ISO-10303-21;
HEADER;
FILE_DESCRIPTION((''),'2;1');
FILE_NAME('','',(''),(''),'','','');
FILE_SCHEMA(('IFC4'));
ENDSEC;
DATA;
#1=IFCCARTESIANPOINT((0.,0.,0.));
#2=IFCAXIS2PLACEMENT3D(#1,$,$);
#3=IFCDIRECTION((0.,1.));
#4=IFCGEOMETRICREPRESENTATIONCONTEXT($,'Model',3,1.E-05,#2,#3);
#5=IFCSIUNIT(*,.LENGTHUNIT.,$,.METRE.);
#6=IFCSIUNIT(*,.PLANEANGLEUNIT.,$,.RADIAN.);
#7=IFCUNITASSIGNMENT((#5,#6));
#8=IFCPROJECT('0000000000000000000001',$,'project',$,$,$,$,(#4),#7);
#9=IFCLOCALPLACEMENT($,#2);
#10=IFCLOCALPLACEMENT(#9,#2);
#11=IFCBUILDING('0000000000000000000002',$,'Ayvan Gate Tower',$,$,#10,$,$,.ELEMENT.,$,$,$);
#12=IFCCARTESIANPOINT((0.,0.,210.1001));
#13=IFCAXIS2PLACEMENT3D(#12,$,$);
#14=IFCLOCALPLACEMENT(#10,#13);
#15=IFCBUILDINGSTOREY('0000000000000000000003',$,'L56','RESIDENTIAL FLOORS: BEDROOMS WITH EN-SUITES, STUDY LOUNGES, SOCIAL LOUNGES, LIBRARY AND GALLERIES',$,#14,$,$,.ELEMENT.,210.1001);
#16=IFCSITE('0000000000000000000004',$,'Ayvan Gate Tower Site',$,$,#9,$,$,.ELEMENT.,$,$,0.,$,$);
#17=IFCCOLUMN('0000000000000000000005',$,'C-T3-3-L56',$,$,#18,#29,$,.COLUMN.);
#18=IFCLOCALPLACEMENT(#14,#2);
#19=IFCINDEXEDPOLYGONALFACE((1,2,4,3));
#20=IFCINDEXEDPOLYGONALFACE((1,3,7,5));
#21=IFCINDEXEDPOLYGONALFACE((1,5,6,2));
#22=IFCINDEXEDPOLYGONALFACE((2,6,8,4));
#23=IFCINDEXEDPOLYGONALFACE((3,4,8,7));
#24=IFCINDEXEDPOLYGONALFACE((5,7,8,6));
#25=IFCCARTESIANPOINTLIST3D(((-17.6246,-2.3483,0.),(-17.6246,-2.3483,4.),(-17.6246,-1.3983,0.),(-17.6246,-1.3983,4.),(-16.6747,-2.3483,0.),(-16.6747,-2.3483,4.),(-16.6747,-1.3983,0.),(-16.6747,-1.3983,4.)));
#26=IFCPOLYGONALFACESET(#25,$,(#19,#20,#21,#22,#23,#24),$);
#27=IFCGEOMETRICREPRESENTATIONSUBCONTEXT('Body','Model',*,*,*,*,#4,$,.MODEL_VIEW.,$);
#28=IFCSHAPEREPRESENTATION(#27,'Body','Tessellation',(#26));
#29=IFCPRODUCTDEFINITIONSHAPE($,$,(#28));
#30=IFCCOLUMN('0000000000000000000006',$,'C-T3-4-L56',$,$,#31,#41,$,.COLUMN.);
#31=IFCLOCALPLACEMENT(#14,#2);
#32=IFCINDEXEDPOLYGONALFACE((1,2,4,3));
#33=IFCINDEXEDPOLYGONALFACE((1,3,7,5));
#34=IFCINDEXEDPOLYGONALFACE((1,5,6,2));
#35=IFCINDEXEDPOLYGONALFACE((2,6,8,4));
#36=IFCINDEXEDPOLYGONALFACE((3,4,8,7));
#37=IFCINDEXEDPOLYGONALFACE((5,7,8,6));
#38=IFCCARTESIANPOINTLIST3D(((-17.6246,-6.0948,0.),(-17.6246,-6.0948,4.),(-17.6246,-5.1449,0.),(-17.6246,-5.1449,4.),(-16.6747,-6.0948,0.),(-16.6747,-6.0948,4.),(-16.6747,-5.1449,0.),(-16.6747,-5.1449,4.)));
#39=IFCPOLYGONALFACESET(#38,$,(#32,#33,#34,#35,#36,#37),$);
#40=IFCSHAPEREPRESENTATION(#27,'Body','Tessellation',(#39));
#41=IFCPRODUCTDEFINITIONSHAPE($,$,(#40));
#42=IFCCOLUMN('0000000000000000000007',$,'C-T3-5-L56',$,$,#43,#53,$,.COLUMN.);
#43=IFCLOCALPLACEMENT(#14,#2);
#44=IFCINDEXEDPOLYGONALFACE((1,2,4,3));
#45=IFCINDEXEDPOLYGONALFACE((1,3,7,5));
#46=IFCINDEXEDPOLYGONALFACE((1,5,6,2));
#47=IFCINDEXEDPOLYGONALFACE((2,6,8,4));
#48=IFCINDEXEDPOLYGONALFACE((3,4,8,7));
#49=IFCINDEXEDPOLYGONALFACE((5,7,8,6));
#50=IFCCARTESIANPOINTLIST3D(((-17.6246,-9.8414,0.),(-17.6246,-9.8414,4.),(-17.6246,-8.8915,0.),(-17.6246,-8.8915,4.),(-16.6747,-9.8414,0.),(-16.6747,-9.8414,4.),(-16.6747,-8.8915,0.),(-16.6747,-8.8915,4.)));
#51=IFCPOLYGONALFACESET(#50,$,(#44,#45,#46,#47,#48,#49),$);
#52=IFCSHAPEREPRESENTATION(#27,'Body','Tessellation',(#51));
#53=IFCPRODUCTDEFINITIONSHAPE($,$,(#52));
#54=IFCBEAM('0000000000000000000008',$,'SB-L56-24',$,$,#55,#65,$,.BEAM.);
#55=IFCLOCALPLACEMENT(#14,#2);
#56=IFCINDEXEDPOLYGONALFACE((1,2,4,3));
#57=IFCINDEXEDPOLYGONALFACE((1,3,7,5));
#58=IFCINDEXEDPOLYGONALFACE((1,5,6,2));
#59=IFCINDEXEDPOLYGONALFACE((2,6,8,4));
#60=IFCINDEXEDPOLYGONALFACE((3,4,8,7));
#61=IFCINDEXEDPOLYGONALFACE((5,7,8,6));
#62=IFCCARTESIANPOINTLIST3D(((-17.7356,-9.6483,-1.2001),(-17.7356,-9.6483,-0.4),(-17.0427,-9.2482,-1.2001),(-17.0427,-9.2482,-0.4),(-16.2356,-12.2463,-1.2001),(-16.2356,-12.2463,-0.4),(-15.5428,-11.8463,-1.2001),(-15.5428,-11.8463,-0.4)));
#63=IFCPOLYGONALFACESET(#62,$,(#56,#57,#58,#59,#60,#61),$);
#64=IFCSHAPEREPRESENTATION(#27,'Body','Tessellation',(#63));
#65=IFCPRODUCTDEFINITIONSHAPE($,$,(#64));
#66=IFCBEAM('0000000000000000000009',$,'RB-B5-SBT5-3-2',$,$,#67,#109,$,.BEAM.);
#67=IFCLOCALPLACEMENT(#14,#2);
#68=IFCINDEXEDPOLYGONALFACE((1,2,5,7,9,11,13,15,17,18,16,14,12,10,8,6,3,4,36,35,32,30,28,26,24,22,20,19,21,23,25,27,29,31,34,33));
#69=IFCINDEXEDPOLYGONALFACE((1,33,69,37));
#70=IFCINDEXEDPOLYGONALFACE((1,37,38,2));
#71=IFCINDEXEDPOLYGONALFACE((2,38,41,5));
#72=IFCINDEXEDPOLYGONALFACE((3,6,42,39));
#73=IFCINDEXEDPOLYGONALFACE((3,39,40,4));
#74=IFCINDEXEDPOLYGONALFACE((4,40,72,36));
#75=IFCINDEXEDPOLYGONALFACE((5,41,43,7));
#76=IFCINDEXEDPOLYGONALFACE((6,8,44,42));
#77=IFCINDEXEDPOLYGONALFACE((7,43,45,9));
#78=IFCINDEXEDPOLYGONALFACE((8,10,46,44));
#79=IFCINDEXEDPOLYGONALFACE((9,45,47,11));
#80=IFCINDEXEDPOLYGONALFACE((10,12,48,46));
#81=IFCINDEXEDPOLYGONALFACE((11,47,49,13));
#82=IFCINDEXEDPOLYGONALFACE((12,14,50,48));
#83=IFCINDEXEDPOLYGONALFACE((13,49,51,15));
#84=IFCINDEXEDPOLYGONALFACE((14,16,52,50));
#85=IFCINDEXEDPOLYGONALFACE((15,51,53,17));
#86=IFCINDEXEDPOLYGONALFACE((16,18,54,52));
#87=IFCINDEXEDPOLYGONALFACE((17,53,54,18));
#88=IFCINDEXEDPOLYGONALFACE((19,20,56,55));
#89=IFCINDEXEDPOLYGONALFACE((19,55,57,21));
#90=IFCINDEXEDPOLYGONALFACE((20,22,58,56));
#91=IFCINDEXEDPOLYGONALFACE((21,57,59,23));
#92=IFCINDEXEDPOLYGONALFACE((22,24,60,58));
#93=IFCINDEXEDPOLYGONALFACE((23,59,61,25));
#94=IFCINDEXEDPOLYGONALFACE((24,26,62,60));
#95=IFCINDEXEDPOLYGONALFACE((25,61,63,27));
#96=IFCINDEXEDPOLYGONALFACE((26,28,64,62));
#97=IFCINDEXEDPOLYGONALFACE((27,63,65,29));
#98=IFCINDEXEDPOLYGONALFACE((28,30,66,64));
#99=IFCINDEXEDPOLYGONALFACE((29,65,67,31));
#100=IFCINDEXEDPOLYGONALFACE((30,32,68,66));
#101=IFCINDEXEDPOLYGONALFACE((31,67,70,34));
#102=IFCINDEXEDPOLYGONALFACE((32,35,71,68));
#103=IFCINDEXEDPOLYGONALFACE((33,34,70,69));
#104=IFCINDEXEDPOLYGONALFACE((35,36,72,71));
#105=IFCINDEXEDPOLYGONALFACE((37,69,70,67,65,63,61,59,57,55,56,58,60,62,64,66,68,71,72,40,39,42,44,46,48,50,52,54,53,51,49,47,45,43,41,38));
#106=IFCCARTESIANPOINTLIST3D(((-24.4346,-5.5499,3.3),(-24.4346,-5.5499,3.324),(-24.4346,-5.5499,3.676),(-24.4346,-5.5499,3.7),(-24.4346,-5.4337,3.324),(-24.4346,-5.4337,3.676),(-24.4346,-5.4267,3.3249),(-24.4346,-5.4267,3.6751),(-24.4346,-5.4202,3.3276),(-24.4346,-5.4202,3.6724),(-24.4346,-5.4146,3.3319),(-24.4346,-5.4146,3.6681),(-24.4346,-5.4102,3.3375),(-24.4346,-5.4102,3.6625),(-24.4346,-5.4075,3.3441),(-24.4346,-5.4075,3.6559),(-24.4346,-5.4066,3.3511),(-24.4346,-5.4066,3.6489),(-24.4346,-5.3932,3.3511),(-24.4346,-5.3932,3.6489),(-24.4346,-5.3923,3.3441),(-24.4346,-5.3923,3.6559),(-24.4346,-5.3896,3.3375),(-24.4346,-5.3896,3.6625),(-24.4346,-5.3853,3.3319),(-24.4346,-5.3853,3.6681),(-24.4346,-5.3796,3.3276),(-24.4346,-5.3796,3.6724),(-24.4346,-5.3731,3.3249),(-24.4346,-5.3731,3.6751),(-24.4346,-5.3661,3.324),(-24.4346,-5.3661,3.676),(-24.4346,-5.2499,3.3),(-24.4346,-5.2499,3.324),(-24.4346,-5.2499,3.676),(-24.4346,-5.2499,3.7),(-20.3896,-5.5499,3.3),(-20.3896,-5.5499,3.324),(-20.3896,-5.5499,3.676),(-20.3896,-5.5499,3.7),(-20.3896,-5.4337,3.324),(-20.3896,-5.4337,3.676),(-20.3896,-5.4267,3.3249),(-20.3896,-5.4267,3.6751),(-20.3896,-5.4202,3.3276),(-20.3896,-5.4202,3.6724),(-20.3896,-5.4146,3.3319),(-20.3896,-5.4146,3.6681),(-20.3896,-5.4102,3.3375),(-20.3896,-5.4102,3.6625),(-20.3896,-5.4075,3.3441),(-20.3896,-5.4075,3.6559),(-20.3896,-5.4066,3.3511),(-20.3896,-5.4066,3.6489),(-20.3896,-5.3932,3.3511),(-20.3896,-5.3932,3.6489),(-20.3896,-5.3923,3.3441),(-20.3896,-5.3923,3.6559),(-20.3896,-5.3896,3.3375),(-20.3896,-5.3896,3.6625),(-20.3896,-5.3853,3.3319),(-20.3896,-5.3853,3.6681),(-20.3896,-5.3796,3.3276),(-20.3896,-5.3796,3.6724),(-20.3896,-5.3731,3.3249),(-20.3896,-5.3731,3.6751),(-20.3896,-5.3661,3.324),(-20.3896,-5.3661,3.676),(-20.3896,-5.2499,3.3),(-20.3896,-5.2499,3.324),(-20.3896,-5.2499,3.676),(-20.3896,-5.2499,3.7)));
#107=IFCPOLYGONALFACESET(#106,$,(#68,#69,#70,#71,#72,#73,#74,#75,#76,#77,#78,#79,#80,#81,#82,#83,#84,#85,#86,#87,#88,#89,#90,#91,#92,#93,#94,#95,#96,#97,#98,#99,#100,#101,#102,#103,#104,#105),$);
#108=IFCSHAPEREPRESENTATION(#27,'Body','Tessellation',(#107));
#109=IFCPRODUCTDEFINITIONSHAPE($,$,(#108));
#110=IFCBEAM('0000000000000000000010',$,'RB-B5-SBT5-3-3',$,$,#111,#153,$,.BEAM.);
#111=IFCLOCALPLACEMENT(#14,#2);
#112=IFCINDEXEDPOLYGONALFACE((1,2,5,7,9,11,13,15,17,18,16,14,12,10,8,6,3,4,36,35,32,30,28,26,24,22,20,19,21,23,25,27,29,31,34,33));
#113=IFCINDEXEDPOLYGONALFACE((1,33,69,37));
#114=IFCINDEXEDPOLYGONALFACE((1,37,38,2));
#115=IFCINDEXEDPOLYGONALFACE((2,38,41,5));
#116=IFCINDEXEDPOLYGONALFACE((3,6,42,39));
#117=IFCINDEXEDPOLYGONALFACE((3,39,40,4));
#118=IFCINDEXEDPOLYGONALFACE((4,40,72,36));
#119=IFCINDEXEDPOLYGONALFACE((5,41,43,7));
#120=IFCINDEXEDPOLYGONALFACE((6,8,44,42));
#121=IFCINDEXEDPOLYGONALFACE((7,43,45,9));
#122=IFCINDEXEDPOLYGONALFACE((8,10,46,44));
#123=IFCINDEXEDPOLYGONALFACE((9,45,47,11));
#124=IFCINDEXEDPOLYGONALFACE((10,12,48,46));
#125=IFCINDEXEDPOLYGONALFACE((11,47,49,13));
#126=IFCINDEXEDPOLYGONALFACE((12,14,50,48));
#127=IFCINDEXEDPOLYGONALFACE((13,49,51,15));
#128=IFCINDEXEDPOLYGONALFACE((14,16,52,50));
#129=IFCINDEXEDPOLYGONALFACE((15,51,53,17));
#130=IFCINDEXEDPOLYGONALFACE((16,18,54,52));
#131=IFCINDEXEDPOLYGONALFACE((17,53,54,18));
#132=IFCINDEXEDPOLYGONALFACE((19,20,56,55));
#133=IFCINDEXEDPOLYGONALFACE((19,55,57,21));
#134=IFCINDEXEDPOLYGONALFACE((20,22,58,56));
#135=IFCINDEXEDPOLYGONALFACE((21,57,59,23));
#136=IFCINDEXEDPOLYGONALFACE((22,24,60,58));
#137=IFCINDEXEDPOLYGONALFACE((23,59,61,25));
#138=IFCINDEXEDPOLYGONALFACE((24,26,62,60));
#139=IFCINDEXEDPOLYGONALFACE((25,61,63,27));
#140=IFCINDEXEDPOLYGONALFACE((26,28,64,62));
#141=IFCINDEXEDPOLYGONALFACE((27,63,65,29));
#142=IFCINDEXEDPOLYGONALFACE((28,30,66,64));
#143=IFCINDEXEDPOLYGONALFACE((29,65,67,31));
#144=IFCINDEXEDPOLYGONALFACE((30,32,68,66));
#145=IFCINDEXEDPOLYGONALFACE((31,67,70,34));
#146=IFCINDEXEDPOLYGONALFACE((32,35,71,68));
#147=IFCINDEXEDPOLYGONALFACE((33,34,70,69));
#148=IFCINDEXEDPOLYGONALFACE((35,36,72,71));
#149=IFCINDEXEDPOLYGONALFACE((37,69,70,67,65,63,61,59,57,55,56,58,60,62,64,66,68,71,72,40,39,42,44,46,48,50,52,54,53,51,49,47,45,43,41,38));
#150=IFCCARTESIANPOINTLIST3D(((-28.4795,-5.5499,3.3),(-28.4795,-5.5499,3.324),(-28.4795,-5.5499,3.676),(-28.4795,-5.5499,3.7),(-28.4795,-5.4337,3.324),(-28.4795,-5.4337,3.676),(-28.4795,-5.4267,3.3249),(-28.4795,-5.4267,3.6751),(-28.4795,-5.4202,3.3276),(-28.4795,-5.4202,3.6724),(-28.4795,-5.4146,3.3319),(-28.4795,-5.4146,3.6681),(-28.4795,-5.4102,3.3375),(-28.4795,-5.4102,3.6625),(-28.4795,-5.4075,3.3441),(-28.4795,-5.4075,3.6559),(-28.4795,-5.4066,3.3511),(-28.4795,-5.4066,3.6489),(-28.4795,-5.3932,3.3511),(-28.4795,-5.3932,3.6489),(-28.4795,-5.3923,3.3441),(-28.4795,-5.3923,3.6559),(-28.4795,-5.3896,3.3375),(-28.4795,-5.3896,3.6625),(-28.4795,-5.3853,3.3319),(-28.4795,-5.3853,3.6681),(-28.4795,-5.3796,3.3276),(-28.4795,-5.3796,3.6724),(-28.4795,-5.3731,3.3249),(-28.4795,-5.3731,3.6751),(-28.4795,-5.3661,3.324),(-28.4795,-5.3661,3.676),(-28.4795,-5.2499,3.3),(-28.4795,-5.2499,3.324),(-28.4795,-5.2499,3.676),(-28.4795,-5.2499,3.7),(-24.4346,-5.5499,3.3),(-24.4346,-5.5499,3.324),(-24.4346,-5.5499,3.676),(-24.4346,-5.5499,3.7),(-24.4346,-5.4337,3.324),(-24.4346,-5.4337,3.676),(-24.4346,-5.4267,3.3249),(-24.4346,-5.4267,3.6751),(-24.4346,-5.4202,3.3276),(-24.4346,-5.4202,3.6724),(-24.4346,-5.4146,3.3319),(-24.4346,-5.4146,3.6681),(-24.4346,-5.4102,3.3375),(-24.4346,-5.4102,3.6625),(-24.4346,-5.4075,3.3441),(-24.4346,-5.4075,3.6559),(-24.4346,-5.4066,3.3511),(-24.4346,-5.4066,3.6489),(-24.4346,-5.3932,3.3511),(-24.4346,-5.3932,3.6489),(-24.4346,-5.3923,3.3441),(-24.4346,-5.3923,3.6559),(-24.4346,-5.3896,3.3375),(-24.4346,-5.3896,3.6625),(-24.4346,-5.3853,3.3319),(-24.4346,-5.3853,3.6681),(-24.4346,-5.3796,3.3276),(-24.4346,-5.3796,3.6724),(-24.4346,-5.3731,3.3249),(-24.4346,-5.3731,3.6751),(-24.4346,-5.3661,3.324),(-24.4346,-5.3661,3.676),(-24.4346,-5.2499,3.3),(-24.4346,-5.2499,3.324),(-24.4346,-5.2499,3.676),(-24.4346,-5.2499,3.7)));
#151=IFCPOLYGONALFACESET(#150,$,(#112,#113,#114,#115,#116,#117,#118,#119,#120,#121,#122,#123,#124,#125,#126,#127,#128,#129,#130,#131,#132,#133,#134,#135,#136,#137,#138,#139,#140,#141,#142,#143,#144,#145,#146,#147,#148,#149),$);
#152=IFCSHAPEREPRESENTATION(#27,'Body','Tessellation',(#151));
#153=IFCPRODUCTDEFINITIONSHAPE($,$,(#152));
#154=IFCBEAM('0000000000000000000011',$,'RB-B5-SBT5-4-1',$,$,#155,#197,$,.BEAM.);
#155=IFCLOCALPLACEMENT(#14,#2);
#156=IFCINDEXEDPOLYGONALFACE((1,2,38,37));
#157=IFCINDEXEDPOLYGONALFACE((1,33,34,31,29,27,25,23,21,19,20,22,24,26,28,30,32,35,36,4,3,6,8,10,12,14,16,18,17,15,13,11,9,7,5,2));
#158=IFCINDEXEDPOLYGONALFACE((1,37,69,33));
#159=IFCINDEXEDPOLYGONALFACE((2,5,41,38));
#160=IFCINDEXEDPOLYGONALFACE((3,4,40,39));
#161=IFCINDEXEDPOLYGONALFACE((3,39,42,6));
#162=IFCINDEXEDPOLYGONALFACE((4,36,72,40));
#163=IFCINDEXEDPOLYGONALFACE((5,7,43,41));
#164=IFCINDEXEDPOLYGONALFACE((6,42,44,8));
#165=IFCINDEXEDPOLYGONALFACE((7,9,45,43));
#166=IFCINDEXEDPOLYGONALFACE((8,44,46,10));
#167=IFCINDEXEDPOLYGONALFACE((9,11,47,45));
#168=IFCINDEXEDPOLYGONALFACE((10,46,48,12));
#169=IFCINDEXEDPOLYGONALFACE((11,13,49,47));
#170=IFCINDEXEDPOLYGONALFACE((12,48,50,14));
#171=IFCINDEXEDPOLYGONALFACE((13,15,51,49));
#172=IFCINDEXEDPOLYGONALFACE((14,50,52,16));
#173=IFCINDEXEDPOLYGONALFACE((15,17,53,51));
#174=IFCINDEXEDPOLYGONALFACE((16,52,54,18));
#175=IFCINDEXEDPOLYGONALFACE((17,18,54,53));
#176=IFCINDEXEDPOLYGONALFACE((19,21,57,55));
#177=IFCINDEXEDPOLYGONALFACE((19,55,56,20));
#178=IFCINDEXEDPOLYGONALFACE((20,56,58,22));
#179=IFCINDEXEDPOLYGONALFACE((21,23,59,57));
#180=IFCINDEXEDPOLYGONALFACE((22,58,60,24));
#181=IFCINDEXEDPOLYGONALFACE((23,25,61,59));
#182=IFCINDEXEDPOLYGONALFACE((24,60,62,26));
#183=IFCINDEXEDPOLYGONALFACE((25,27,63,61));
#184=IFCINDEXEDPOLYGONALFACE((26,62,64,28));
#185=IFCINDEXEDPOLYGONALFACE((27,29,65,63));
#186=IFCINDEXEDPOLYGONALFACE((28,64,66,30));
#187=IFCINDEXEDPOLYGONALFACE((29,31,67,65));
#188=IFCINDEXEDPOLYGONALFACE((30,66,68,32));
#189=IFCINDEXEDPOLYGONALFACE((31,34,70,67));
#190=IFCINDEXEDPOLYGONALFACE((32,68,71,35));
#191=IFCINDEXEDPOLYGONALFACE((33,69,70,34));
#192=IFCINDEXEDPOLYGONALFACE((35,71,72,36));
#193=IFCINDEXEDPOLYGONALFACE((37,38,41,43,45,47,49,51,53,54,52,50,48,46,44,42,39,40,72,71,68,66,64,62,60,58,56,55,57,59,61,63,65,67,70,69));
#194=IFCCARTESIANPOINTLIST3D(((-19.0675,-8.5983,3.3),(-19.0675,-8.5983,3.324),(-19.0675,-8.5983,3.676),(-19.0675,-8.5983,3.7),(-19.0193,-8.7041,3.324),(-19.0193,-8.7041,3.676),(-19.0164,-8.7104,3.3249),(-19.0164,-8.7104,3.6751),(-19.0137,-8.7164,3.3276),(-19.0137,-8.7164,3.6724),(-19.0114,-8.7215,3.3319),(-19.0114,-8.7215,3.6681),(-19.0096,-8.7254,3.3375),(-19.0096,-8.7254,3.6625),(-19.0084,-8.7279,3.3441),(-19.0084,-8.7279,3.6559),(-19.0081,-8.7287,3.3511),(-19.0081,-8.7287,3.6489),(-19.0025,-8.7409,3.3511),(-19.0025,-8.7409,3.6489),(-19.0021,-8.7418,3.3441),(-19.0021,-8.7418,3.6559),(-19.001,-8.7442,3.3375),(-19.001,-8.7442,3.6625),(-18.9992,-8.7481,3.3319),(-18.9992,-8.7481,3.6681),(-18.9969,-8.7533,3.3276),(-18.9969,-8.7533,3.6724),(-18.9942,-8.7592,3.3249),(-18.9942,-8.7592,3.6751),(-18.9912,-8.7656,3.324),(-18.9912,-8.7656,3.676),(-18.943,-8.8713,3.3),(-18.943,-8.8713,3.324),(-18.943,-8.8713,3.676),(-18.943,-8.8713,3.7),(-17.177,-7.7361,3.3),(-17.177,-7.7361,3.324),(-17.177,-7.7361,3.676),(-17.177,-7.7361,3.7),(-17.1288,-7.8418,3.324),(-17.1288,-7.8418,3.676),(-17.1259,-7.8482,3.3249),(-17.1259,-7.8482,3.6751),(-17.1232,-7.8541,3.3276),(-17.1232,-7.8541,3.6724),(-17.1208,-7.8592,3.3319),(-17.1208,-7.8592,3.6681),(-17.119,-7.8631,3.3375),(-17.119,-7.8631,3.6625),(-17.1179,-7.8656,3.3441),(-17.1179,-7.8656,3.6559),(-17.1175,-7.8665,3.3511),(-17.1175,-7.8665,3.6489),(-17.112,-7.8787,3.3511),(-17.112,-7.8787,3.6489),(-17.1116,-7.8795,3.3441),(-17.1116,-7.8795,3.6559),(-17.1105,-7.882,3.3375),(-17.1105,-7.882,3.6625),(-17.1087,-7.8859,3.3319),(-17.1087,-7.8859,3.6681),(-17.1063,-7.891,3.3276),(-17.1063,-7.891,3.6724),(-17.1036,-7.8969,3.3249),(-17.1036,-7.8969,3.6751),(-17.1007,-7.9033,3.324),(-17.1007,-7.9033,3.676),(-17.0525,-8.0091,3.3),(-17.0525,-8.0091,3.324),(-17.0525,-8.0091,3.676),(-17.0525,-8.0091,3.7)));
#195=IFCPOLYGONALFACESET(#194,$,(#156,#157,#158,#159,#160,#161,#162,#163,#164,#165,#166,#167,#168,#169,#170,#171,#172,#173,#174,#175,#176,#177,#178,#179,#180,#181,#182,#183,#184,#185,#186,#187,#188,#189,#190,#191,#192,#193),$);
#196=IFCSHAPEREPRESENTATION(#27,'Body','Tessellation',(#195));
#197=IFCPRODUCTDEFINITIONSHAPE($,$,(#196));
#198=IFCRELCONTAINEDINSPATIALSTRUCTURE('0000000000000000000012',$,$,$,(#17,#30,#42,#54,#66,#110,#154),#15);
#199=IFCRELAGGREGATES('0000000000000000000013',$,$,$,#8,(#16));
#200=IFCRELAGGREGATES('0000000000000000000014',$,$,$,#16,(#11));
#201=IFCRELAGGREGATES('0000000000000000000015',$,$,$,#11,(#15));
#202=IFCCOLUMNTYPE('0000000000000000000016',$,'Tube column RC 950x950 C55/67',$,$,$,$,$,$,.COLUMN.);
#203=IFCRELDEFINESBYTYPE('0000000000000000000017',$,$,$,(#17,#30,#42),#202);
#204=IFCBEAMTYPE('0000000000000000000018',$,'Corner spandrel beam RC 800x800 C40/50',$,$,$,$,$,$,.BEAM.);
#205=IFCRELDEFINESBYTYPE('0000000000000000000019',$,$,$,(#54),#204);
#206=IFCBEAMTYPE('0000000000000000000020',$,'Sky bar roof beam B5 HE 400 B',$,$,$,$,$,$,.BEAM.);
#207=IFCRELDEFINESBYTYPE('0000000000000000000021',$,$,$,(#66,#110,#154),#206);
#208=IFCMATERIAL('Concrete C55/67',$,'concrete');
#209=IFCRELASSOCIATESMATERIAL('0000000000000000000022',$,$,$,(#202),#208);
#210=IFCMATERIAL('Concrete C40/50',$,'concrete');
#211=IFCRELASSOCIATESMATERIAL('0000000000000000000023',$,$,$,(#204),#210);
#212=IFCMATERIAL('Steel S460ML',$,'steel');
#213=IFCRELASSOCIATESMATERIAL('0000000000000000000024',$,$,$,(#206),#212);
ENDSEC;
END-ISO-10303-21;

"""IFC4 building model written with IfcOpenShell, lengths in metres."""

from ifc_helpers import new_model, si_unit, direction, frame, origin, origin_2d, place, context, subcontext, project, spatial, rectangle, i_section, extrude, material, material_profile, profile_set, type_object, element, save


model = new_model("IFC4")

# Units and contexts
model_context = context("Model", 3, precision=1e-05, world=origin(), true_north=direction((0.0, 1.0)))
body_context = subcontext(model_context, "Body", "Model", "MODEL_VIEW")
ifc_project = project(units=[si_unit("LENGTHUNIT", "METRE"), si_unit("PLANEANGLEUNIT", "RADIAN")], contexts=[model_context])

# Site, building, storey
site_placement = place(None, origin())
site = spatial("IfcSite", under=ifc_project, at=site_placement, Name="Ayvan Gate Tower Site", CompositionType="ELEMENT", RefElevation=0.0)
building_placement = place(site_placement, origin())
building = spatial("IfcBuilding", under=site, at=building_placement, Name="Ayvan Gate Tower", CompositionType="ELEMENT")
storey_placement = place(building_placement, frame((0.0, 0.0, 210.1001)))
storey = spatial("IfcBuildingStorey", under=building, at=storey_placement, Name="L56", Description="RESIDENTIAL FLOORS: BEDROOMS WITH EN-SUITES, STUDY LOUNGES, SOCIAL LOUNGES, LIBRARY AND GALLERIES", CompositionType="ELEMENT", Elevation=210.1001)

# Columns
ifc_material_1 = material(Name="Concrete C55/67", Category="concrete")
ifc_material_profile_1 = material_profile(ifc_material_1, rectangle(XDim=0.95, YDim=0.95, at=origin_2d()), Name="RC 950x950")
ifc_profile_set_1 = profile_set([ifc_material_profile_1], Name="Concrete C55/67")
column_type = type_object("IfcColumnType", Name="Tube column RC 950x950 C55/67", PredefinedType="COLUMN", material=ifc_profile_set_1)
for number, where, z_axis, x_axis, name in (
    (1, (-17.1497, -1.8733, 0.0), (0.0, 0.0, 1.0), (-1.0, 0.0, 0.0), "C-T3-3-L56"),
    (2, (-17.1497, -5.6199, 0.0), (0.0, 0.0, 1.0), (-1.0, 0.0, 0.0), "C-T3-4-L56"),
    (3, (-17.1497, -9.3665, 0.0), (0.0, 0.0, 1.0), (-1.0, 0.0, 0.0), "C-T3-5-L56"),
):
    element("IfcColumn", number, at=place(storey_placement, frame(where, z_axis=z_axis, x_axis=x_axis)), inside=storey, type_object=column_type, Name=name, PredefinedType="COLUMN", context=body_context, shape_type="SweptSolid", body=[
        extrude(rectangle(XDim=0.95, YDim=0.95, at=origin_2d()), origin(), (0.0, 0.0, 1.0), 4.0),
    ])

# Beams
ifc_material_2 = material(Name="Concrete C40/50", Category="concrete")
ifc_material_profile_2 = material_profile(ifc_material_2, rectangle(XDim=0.8, YDim=0.8, at=origin_2d()), Name="RC 800x800")
ifc_profile_set_2 = profile_set([ifc_material_profile_2], Name="Concrete C40/50")
beam_type_1 = type_object("IfcBeamType", Name="Corner spandrel beam RC 800x800 C40/50", PredefinedType="BEAM", material=ifc_profile_set_2)
beam_1_placement = place(storey_placement, frame((-17.3892, -9.4482, -0.8), z_axis=(0.49999, -0.866031, 0.0), x_axis=(0.866031, 0.49999, 0.0)))
element("IfcBeam", 4, at=beam_1_placement, inside=storey, type_object=beam_type_1, Name="SB-L56-24", PredefinedType="BEAM", context=body_context, shape_type="SweptSolid", body=[
    extrude(rectangle(XDim=0.8, YDim=0.8, at=origin_2d()), origin(), (0.0, 0.0, 1.0), 3.0),
])
ifc_material_3 = material(Name="Steel S460ML", Category="steel")
ifc_material_profile_3 = material_profile(ifc_material_3, i_section(OverallWidth=0.3, OverallDepth=0.3999, WebThickness=0.0134, FlangeThickness=0.0239, FilletRadius=0.0271, at=origin_2d()), Name="HE 400 B")
ifc_profile_set_3 = profile_set([ifc_material_profile_3], Name="Steel S460ML")
beam_type_2 = type_object("IfcBeamType", Name="Sky bar roof beam B5 HE 400 B", PredefinedType="BEAM", material=ifc_profile_set_3)
for number, where, z_axis, x_axis, name in (
    (5, (-20.3896, -5.3999, 3.5), (-1.0, 0.0, 0.0), (0.0, -1.0, 0.0), "RB-B5-SBT5-3-2"),
    (6, (-24.4346, -5.3999, 3.5), (-1.0, 0.0, 0.0), (0.0, -1.0, 0.0), "RB-B5-SBT5-3-3"),
):
    element("IfcBeam", number, at=place(storey_placement, frame(where, z_axis=z_axis, x_axis=x_axis)), inside=storey, type_object=beam_type_2, Name=name, PredefinedType="BEAM", context=body_context, shape_type="SweptSolid", body=[
        extrude(i_section(OverallWidth=0.3, OverallDepth=0.3999, WebThickness=0.0134, FlangeThickness=0.0239, FilletRadius=0.0271, at=origin_2d()), origin(), (0.0, 0.0, 1.0), 4.0449),
    ])
beam_2_placement = place(storey_placement, frame((-17.1147, -7.8726, 3.5), z_axis=(-0.909835, -0.414971, 0.0), x_axis=(0.414971, -0.909835, 0.0)))
element("IfcBeam", 7, at=beam_2_placement, inside=storey, type_object=beam_type_2, Name="RB-B5-SBT5-4-1", PredefinedType="BEAM", context=body_context, shape_type="SweptSolid", body=[
    extrude(i_section(OverallWidth=0.3, OverallDepth=0.3999, WebThickness=0.0134, FlangeThickness=0.0239, FilletRadius=0.0271, at=origin_2d()), origin(), (0.0, 0.0, 1.0), 2.0779),
])

save(model, "model.ifc")
